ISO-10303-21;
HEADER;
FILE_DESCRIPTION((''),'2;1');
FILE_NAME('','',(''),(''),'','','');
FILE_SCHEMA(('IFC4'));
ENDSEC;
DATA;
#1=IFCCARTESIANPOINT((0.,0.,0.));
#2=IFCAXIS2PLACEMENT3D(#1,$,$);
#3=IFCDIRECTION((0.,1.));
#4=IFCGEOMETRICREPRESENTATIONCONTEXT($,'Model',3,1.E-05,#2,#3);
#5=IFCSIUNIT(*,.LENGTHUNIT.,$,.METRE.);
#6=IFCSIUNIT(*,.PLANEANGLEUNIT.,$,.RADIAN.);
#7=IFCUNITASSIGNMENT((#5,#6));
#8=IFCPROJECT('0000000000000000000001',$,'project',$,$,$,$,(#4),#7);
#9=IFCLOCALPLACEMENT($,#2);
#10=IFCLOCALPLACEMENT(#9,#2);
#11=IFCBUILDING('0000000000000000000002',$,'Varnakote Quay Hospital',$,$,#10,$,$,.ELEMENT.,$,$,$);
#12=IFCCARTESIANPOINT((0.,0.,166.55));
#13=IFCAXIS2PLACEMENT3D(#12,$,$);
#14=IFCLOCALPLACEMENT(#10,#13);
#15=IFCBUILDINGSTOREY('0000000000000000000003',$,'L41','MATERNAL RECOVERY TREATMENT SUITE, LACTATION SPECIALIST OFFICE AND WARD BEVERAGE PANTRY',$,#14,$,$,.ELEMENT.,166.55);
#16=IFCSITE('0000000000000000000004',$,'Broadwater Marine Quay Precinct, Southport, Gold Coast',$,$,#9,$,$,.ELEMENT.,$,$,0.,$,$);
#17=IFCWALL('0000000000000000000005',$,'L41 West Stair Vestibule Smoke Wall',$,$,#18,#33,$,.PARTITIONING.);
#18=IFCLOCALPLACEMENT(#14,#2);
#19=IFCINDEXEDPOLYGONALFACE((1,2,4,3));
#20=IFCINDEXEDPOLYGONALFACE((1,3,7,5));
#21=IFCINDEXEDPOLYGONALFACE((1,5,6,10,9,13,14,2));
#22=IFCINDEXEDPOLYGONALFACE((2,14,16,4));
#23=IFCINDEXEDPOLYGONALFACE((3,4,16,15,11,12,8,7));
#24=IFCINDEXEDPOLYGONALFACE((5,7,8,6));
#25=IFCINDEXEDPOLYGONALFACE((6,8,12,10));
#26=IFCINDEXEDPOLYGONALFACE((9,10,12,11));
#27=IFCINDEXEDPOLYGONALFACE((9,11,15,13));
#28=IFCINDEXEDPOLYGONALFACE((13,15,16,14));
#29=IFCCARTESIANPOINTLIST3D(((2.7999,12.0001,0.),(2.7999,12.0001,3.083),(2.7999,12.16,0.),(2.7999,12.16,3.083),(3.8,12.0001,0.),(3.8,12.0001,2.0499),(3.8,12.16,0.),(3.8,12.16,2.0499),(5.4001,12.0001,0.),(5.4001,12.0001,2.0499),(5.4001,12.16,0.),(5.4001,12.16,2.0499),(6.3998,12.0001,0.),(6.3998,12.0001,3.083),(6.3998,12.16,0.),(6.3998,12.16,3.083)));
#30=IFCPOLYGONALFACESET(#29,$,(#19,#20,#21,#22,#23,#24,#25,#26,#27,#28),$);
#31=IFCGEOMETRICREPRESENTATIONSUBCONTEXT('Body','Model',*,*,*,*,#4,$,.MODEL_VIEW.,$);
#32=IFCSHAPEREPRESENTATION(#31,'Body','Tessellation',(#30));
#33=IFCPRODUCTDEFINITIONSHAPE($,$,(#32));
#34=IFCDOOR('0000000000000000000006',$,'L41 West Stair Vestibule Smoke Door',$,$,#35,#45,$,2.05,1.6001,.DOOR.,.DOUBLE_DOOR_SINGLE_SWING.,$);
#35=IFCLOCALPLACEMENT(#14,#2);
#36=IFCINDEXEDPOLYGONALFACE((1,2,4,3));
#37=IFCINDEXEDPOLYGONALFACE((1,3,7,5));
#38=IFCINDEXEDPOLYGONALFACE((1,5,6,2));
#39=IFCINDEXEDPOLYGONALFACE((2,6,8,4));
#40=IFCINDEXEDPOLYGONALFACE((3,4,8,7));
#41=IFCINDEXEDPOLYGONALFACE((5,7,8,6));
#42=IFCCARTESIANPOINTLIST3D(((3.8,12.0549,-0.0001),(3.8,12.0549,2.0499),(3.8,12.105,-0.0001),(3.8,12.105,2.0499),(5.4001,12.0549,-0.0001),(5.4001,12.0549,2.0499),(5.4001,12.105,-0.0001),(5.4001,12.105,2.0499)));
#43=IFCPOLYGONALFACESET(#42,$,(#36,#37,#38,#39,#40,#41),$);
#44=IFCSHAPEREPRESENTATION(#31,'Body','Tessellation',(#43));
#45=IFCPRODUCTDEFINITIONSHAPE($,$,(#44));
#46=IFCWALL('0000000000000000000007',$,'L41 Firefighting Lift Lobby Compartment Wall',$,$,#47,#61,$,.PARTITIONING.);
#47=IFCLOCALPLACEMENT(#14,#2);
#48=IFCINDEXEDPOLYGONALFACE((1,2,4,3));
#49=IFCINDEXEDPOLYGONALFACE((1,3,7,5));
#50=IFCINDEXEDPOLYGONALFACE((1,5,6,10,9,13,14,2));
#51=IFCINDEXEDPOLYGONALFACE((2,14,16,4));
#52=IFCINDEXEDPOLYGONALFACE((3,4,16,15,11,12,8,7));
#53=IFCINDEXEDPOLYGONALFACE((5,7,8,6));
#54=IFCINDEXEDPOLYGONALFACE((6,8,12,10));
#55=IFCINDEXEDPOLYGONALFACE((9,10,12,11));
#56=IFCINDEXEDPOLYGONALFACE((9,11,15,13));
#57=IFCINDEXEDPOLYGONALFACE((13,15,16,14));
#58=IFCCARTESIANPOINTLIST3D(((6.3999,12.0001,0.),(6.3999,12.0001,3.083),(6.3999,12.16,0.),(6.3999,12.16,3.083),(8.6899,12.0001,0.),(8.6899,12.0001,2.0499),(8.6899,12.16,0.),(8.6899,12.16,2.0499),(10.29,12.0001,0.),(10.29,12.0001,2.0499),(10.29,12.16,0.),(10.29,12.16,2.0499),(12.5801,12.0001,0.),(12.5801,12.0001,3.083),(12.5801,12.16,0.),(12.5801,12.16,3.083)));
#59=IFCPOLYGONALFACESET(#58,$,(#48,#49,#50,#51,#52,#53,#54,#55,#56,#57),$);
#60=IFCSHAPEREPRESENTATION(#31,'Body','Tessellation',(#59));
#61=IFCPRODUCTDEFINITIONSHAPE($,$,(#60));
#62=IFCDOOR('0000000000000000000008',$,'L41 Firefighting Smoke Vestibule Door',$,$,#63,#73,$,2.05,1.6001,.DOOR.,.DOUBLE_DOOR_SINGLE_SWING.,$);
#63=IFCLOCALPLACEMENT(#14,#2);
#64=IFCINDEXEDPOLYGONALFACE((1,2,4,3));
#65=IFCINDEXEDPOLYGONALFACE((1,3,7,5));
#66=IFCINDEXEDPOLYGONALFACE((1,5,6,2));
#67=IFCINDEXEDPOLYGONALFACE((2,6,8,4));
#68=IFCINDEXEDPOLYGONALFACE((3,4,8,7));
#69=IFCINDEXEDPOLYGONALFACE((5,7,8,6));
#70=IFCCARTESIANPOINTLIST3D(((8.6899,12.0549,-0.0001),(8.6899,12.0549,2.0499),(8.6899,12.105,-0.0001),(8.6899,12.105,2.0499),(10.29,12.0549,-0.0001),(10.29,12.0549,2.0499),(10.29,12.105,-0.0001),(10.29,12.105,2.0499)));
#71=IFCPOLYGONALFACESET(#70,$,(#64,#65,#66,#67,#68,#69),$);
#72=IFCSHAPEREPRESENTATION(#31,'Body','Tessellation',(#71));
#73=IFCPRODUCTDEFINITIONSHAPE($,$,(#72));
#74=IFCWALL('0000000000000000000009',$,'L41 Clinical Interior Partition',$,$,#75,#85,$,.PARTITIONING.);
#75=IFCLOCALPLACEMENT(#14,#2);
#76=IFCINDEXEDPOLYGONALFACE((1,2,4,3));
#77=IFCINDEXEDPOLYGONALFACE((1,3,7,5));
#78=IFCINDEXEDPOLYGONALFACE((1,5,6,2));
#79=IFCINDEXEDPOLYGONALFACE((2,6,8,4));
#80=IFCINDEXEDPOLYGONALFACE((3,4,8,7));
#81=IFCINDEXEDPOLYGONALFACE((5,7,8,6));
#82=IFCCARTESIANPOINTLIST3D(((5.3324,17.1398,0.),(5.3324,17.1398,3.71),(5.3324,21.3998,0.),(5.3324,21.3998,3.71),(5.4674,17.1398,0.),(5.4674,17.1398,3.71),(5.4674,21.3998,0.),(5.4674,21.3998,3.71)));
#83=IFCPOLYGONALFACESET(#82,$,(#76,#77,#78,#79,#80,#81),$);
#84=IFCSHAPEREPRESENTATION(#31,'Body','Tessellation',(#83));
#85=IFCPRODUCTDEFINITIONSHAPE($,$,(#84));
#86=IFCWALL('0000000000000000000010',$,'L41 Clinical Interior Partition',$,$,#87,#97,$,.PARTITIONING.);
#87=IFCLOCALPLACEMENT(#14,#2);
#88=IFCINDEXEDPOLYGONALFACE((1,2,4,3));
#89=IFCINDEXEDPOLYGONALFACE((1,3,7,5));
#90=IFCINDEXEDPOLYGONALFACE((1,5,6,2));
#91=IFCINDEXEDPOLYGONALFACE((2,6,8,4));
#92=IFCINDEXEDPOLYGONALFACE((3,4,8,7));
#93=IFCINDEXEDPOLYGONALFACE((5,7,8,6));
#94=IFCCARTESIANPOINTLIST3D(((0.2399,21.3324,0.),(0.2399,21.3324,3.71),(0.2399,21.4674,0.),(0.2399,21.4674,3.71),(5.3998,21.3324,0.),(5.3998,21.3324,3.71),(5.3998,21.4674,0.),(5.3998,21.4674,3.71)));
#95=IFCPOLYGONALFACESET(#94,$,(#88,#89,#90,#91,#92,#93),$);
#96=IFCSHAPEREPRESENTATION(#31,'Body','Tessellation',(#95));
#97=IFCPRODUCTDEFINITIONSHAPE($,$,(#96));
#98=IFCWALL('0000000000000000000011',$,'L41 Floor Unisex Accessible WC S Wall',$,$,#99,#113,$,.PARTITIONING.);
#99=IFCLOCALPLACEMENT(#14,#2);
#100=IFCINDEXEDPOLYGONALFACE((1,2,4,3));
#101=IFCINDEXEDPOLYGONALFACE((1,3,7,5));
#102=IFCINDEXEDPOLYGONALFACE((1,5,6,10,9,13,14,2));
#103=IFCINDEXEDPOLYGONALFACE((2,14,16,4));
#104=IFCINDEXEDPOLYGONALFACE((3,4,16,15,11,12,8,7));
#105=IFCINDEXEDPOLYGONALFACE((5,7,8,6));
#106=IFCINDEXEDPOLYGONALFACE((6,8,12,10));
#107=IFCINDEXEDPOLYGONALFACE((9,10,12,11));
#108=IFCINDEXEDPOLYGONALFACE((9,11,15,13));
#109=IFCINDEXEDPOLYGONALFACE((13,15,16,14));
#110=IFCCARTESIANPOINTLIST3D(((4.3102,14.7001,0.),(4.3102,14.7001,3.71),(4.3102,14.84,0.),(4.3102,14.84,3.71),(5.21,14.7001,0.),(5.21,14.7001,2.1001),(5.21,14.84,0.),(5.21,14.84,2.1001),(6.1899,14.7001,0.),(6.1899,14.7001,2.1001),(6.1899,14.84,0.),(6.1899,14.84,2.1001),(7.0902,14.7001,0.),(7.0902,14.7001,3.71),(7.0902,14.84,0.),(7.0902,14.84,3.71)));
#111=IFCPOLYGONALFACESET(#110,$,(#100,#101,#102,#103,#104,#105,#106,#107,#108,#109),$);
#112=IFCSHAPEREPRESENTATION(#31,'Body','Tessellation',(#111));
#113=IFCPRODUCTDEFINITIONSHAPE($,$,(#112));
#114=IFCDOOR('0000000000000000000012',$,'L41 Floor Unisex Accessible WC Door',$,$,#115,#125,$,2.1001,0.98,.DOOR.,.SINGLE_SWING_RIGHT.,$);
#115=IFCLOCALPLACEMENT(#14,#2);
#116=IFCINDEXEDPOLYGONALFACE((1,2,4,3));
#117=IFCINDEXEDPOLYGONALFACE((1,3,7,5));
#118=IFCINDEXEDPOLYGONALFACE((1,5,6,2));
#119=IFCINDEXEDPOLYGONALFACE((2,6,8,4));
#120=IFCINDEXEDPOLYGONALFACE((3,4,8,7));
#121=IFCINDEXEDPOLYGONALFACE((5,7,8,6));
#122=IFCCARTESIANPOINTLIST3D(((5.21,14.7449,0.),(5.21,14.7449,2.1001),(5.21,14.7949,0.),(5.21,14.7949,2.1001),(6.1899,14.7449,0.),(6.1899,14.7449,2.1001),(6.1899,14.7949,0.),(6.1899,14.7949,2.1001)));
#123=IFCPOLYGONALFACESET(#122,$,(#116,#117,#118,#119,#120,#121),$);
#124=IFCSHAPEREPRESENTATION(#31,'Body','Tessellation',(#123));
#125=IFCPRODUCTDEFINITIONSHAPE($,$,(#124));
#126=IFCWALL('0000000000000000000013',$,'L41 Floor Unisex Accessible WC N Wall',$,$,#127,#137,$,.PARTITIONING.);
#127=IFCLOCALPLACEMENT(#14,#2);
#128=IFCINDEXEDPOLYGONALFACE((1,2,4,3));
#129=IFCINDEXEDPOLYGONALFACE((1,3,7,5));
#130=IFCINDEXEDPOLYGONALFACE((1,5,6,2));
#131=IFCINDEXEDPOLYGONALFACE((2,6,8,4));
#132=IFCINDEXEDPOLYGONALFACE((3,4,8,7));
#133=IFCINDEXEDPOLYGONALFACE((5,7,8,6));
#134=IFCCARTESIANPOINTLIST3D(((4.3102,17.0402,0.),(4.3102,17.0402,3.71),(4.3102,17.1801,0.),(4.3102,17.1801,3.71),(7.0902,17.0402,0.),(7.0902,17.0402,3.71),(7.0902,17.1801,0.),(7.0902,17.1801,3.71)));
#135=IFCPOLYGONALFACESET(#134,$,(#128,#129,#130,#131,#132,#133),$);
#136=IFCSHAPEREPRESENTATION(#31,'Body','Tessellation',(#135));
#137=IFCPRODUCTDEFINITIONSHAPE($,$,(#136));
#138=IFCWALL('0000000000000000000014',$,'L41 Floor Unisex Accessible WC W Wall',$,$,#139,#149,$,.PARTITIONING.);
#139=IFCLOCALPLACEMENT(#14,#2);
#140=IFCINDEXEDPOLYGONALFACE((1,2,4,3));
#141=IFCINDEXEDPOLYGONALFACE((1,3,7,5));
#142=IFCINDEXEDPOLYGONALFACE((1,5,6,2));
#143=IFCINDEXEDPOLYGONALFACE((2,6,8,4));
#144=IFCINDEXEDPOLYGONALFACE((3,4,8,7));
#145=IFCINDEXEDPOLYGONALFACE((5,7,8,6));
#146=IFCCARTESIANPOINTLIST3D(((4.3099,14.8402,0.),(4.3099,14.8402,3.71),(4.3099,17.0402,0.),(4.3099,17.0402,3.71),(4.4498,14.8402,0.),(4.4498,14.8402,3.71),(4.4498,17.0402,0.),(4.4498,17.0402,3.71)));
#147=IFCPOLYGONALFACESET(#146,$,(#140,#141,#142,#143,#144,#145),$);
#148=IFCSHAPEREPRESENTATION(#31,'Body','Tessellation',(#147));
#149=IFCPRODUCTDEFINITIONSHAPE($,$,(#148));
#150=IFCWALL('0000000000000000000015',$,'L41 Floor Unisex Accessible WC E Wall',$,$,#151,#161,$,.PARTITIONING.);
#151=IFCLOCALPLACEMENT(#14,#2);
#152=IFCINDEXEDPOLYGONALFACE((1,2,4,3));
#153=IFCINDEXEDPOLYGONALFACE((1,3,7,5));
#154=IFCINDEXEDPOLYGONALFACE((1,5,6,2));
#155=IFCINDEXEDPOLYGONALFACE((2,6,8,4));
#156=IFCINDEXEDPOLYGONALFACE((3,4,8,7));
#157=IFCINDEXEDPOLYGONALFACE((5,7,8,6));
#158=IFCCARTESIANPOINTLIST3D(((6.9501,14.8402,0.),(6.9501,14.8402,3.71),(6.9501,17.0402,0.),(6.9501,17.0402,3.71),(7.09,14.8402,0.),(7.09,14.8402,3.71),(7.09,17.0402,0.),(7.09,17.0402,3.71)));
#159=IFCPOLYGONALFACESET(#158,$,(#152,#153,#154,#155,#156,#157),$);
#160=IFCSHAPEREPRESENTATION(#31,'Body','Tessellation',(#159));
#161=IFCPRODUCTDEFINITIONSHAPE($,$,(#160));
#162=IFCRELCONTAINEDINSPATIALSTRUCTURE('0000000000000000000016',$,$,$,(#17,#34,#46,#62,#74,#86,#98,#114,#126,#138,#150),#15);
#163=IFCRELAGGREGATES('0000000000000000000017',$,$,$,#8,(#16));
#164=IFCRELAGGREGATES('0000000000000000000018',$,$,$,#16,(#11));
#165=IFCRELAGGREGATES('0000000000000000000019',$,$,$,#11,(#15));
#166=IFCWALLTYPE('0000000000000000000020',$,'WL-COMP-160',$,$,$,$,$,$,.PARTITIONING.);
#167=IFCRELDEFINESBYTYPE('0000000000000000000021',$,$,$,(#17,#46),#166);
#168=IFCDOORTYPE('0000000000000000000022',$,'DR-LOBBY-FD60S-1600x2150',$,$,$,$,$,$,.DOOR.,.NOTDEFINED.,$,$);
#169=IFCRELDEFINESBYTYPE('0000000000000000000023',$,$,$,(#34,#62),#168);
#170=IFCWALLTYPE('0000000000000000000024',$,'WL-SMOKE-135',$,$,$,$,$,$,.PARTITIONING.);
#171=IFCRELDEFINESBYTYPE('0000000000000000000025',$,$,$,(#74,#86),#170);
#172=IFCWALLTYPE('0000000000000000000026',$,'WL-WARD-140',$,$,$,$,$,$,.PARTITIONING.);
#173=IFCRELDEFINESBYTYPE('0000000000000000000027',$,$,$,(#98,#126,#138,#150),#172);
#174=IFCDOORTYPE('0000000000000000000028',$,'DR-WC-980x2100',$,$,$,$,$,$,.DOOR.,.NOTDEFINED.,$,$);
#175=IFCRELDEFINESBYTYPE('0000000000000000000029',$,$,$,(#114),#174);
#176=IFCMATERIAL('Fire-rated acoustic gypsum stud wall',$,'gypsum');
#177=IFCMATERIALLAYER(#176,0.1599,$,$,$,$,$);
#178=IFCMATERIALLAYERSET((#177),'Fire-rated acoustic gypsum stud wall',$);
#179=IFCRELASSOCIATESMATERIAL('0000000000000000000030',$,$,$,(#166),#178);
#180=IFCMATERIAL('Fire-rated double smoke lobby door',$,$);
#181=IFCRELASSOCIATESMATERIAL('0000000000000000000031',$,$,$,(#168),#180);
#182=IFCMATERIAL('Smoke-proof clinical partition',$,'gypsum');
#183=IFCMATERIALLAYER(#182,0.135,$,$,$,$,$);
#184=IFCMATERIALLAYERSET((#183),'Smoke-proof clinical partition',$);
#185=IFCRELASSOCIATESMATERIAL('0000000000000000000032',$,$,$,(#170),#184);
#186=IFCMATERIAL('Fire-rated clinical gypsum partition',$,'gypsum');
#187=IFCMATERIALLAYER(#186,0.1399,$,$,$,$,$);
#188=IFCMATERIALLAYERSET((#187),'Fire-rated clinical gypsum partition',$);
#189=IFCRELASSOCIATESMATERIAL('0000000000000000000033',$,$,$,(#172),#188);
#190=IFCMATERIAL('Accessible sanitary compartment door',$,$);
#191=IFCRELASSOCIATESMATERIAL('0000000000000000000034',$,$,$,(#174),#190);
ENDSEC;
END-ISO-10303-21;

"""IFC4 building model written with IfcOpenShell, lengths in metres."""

from ifc_helpers import new_model, si_unit, direction, frame, frame_2d, origin, place, context, subcontext, project, spatial, rectangle, extrude, material, layer, layer_set, type_object, element, fill, save


model = new_model("IFC4")

# Units and contexts
model_context = context("Model", 3, precision=1e-05, world=origin(), true_north=direction((0.0, 1.0)))
body_context = subcontext(model_context, "Body", "Model", "MODEL_VIEW")
ifc_project = project(units=[si_unit("LENGTHUNIT", "METRE"), si_unit("PLANEANGLEUNIT", "RADIAN")], contexts=[model_context])

# Site, building, storey
site_placement = place(None, origin())
site = spatial("IfcSite", under=ifc_project, at=site_placement, Name="Broadwater Marine Quay Precinct, Southport, Gold Coast", CompositionType="ELEMENT", RefElevation=0.0)
building_placement = place(site_placement, origin())
building = spatial("IfcBuilding", under=site, at=building_placement, Name="Varnakote Quay Hospital", CompositionType="ELEMENT")
storey_placement = place(building_placement, frame((0.0, 0.0, 166.55)))
storey = spatial("IfcBuildingStorey", under=building, at=storey_placement, Name="L41", Description="MATERNAL RECOVERY TREATMENT SUITE, LACTATION SPECIALIST OFFICE AND WARD BEVERAGE PANTRY", CompositionType="ELEMENT", Elevation=166.55)

# Walls, openings, doors
ifc_material_1 = material(Name="Fire-rated acoustic gypsum stud wall", Category="gypsum")
ifc_layer_1 = layer(ifc_material_1, 0.1599)
ifc_layer_set_1 = layer_set([ifc_layer_1], Name="Fire-rated acoustic gypsum stud wall")
wall_type_1 = type_object("IfcWallType", Name="WL-COMP-160", PredefinedType="PARTITIONING", material=ifc_layer_set_1)
wall_1_placement = place(storey_placement, frame((2.8, 12.0801, 0.0), z_axis=(0.0, 0.0, 1.0), x_axis=(1.0, 0.0, 0.0)))
wall_1 = element("IfcWall", 1, at=wall_1_placement, inside=storey, type_object=wall_type_1, Name="L41 West Stair Vestibule Smoke Wall", PredefinedType="PARTITIONING", context=body_context, shape_type="SweptSolid", body=[
    extrude(rectangle(XDim=3.5999, YDim=0.1599, at=frame_2d((1.7998, 0.0))), origin(), (0.0, 0.0, 1.0), 3.083),
])
opening_1_placement = place(wall_1_placement, frame((1.0, 0.0, 0.0)))
opening_1 = element("IfcOpeningElement", 2, at=opening_1_placement, cuts=wall_1, PredefinedType="OPENING", context=body_context, shape_type="SweptSolid", body=[
    extrude(rectangle(XDim=1.6001, YDim=2.05, at=frame_2d((0.8, 1.0249))), frame((0.0, 0.0898, 0.0), z_axis=(0.0, -1.0, 0.0), x_axis=(1.0, 0.0, 0.0)), (0.0, 0.0, 1.0), 0.1799),
])
ifc_material_2 = material(Name="Fire-rated double smoke lobby door")
door_type_1 = type_object("IfcDoorType", Name="DR-LOBBY-FD60S-1600x2150", OperationType="NOTDEFINED", PredefinedType="DOOR", material=ifc_material_2)
door_1_placement = place(opening_1_placement, origin())
door_1 = element("IfcDoor", 3, at=door_1_placement, inside=storey, type_object=door_type_1, Name="L41 West Stair Vestibule Smoke Door", OperationType="DOUBLE_DOOR_SINGLE_SWING", OverallHeight=2.05, OverallWidth=1.6001, PredefinedType="DOOR", context=body_context, shape_type="SweptSolid", body=[
    extrude(rectangle(XDim=1.6001, YDim=2.05, at=frame_2d((0.8, 1.0249))), frame((0.0, 0.0249, 0.0), z_axis=(0.0, -1.0, 0.0), x_axis=(1.0, 0.0, 0.0)), (0.0, 0.0, 1.0), 0.05),
])
fill(opening_1, door_1)
wall_2_placement = place(storey_placement, frame((6.3999, 12.0801, 0.0), z_axis=(0.0, 0.0, 1.0), x_axis=(1.0, 0.0, 0.0)))
wall_2 = element("IfcWall", 4, at=wall_2_placement, inside=storey, type_object=wall_type_1, Name="L41 Firefighting Lift Lobby Compartment Wall", PredefinedType="PARTITIONING", context=body_context, shape_type="SweptSolid", body=[
    extrude(rectangle(XDim=6.1802, YDim=0.1599, at=frame_2d((3.0901, 0.0))), origin(), (0.0, 0.0, 1.0), 3.083),
])
opening_2_placement = place(wall_2_placement, frame((2.29, 0.0, 0.0)))
opening_2 = element("IfcOpeningElement", 5, at=opening_2_placement, cuts=wall_2, PredefinedType="OPENING", context=body_context, shape_type="SweptSolid", body=[
    extrude(rectangle(XDim=1.6001, YDim=2.05, at=frame_2d((0.8, 1.0249))), frame((0.0, 0.0898, 0.0), z_axis=(0.0, -1.0, 0.0), x_axis=(1.0, 0.0, 0.0)), (0.0, 0.0, 1.0), 0.1799),
])
door_2_placement = place(opening_2_placement, origin())
door_2 = element("IfcDoor", 6, at=door_2_placement, inside=storey, type_object=door_type_1, Name="L41 Firefighting Smoke Vestibule Door", OperationType="DOUBLE_DOOR_SINGLE_SWING", OverallHeight=2.05, OverallWidth=1.6001, PredefinedType="DOOR", context=body_context, shape_type="SweptSolid", body=[
    extrude(rectangle(XDim=1.6001, YDim=2.05, at=frame_2d((0.8, 1.0249))), frame((0.0, 0.0249, 0.0), z_axis=(0.0, -1.0, 0.0), x_axis=(1.0, 0.0, 0.0)), (0.0, 0.0, 1.0), 0.05),
])
fill(opening_2, door_2)

# Walls
ifc_material_3 = material(Name="Smoke-proof clinical partition", Category="gypsum")
ifc_layer_2 = layer(ifc_material_3, 0.135)
ifc_layer_set_2 = layer_set([ifc_layer_2], Name="Smoke-proof clinical partition")
wall_type_2 = type_object("IfcWallType", Name="WL-SMOKE-135", PredefinedType="PARTITIONING", material=ifc_layer_set_2)
wall_3_placement = place(storey_placement, frame((5.3999, 17.1399, 0.0), z_axis=(0.0, 0.0, 1.0), x_axis=(0.0, 1.0, 0.0)))
element("IfcWall", 7, at=wall_3_placement, inside=storey, type_object=wall_type_2, Name="L41 Clinical Interior Partition", PredefinedType="PARTITIONING", context=body_context, shape_type="SweptSolid", body=[
    extrude(rectangle(XDim=4.26, YDim=0.135, at=frame_2d((2.1299, 0.0))), origin(), (0.0, 0.0, 1.0), 3.71),
])
wall_4_placement = place(storey_placement, frame((5.3999, 21.3999, 0.0), z_axis=(0.0, 0.0, 1.0), x_axis=(-1.0, 0.0, 0.0)))
element("IfcWall", 8, at=wall_4_placement, inside=storey, type_object=wall_type_2, Name="L41 Clinical Interior Partition", PredefinedType="PARTITIONING", context=body_context, shape_type="SweptSolid", body=[
    extrude(rectangle(XDim=5.1599, YDim=0.135, at=frame_2d((2.5801, 0.0))), origin(), (0.0, 0.0, 1.0), 3.71),
])

# Wall, opening, door
ifc_material_4 = material(Name="Fire-rated clinical gypsum partition", Category="gypsum")
ifc_layer_3 = layer(ifc_material_4, 0.1399)
ifc_layer_set_3 = layer_set([ifc_layer_3], Name="Fire-rated clinical gypsum partition")
wall_type_3 = type_object("IfcWallType", Name="WL-WARD-140", PredefinedType="PARTITIONING", material=ifc_layer_set_3)
wall_5_placement = place(storey_placement, frame((4.3101, 14.77, 0.0), z_axis=(0.0, 0.0, 1.0), x_axis=(1.0, 0.0, 0.0)))
wall_5 = element("IfcWall", 9, at=wall_5_placement, inside=storey, type_object=wall_type_3, Name="L41 Floor Unisex Accessible WC S Wall", PredefinedType="PARTITIONING", context=body_context, shape_type="SweptSolid", body=[
    extrude(rectangle(XDim=2.78, YDim=0.1399, at=frame_2d((1.3901, 0.0))), origin(), (0.0, 0.0, 1.0), 3.71),
])
opening_3_placement = place(wall_5_placement, frame((0.8999, 0.0, 0.0)))
opening_3 = element("IfcOpeningElement", 10, at=opening_3_placement, cuts=wall_5, PredefinedType="OPENING", context=body_context, shape_type="SweptSolid", body=[
    extrude(rectangle(XDim=0.98, YDim=2.1001, at=frame_2d((0.49, 1.05))), frame((0.0, 0.0798, 0.0), z_axis=(0.0, -1.0, 0.0), x_axis=(1.0, 0.0, 0.0)), (0.0, 0.0, 1.0), 0.1599),
])
ifc_material_5 = material(Name="Accessible sanitary compartment door")
door_type_2 = type_object("IfcDoorType", Name="DR-WC-980x2100", OperationType="NOTDEFINED", PredefinedType="DOOR", material=ifc_material_5)
door_3_placement = place(opening_3_placement, origin())
door_3 = element("IfcDoor", 11, at=door_3_placement, inside=storey, type_object=door_type_2, Name="L41 Floor Unisex Accessible WC Door", OperationType="SINGLE_SWING_RIGHT", OverallHeight=2.1001, OverallWidth=0.98, PredefinedType="DOOR", context=body_context, shape_type="SweptSolid", body=[
    extrude(rectangle(XDim=0.98, YDim=2.1001, at=frame_2d((0.49, 1.05))), frame((0.0, 0.0249, 0.0), z_axis=(0.0, -1.0, 0.0), x_axis=(1.0, 0.0, 0.0)), (0.0, 0.0, 1.0), 0.05),
])
fill(opening_3, door_3)

# Walls
wall_6_placement = place(storey_placement, frame((4.3101, 17.1101, 0.0), z_axis=(0.0, 0.0, 1.0), x_axis=(1.0, 0.0, 0.0)))
element("IfcWall", 12, at=wall_6_placement, inside=storey, type_object=wall_type_3, Name="L41 Floor Unisex Accessible WC N Wall", PredefinedType="PARTITIONING", context=body_context, shape_type="SweptSolid", body=[
    extrude(rectangle(XDim=2.78, YDim=0.1399, at=frame_2d((1.3901, 0.0))), origin(), (0.0, 0.0, 1.0), 3.71),
])
for number, where, z_axis, x_axis, name in (
    (13, (4.3799, 14.8401, 0.0), (0.0, 0.0, 1.0), (0.0, 1.0, 0.0), "L41 Floor Unisex Accessible WC W Wall"),
    (14, (7.02, 14.8401, 0.0), (0.0, 0.0, 1.0), (0.0, 1.0, 0.0), "L41 Floor Unisex Accessible WC E Wall"),
):
    element("IfcWall", number, at=place(storey_placement, frame(where, z_axis=z_axis, x_axis=x_axis)), inside=storey, type_object=wall_type_3, Name=name, PredefinedType="PARTITIONING", context=body_context, shape_type="SweptSolid", body=[
        extrude(rectangle(XDim=2.2, YDim=0.1399, at=frame_2d((1.1001, 0.0))), origin(), (0.0, 0.0, 1.0), 3.71),
    ])

save(model, "model.ifc")
